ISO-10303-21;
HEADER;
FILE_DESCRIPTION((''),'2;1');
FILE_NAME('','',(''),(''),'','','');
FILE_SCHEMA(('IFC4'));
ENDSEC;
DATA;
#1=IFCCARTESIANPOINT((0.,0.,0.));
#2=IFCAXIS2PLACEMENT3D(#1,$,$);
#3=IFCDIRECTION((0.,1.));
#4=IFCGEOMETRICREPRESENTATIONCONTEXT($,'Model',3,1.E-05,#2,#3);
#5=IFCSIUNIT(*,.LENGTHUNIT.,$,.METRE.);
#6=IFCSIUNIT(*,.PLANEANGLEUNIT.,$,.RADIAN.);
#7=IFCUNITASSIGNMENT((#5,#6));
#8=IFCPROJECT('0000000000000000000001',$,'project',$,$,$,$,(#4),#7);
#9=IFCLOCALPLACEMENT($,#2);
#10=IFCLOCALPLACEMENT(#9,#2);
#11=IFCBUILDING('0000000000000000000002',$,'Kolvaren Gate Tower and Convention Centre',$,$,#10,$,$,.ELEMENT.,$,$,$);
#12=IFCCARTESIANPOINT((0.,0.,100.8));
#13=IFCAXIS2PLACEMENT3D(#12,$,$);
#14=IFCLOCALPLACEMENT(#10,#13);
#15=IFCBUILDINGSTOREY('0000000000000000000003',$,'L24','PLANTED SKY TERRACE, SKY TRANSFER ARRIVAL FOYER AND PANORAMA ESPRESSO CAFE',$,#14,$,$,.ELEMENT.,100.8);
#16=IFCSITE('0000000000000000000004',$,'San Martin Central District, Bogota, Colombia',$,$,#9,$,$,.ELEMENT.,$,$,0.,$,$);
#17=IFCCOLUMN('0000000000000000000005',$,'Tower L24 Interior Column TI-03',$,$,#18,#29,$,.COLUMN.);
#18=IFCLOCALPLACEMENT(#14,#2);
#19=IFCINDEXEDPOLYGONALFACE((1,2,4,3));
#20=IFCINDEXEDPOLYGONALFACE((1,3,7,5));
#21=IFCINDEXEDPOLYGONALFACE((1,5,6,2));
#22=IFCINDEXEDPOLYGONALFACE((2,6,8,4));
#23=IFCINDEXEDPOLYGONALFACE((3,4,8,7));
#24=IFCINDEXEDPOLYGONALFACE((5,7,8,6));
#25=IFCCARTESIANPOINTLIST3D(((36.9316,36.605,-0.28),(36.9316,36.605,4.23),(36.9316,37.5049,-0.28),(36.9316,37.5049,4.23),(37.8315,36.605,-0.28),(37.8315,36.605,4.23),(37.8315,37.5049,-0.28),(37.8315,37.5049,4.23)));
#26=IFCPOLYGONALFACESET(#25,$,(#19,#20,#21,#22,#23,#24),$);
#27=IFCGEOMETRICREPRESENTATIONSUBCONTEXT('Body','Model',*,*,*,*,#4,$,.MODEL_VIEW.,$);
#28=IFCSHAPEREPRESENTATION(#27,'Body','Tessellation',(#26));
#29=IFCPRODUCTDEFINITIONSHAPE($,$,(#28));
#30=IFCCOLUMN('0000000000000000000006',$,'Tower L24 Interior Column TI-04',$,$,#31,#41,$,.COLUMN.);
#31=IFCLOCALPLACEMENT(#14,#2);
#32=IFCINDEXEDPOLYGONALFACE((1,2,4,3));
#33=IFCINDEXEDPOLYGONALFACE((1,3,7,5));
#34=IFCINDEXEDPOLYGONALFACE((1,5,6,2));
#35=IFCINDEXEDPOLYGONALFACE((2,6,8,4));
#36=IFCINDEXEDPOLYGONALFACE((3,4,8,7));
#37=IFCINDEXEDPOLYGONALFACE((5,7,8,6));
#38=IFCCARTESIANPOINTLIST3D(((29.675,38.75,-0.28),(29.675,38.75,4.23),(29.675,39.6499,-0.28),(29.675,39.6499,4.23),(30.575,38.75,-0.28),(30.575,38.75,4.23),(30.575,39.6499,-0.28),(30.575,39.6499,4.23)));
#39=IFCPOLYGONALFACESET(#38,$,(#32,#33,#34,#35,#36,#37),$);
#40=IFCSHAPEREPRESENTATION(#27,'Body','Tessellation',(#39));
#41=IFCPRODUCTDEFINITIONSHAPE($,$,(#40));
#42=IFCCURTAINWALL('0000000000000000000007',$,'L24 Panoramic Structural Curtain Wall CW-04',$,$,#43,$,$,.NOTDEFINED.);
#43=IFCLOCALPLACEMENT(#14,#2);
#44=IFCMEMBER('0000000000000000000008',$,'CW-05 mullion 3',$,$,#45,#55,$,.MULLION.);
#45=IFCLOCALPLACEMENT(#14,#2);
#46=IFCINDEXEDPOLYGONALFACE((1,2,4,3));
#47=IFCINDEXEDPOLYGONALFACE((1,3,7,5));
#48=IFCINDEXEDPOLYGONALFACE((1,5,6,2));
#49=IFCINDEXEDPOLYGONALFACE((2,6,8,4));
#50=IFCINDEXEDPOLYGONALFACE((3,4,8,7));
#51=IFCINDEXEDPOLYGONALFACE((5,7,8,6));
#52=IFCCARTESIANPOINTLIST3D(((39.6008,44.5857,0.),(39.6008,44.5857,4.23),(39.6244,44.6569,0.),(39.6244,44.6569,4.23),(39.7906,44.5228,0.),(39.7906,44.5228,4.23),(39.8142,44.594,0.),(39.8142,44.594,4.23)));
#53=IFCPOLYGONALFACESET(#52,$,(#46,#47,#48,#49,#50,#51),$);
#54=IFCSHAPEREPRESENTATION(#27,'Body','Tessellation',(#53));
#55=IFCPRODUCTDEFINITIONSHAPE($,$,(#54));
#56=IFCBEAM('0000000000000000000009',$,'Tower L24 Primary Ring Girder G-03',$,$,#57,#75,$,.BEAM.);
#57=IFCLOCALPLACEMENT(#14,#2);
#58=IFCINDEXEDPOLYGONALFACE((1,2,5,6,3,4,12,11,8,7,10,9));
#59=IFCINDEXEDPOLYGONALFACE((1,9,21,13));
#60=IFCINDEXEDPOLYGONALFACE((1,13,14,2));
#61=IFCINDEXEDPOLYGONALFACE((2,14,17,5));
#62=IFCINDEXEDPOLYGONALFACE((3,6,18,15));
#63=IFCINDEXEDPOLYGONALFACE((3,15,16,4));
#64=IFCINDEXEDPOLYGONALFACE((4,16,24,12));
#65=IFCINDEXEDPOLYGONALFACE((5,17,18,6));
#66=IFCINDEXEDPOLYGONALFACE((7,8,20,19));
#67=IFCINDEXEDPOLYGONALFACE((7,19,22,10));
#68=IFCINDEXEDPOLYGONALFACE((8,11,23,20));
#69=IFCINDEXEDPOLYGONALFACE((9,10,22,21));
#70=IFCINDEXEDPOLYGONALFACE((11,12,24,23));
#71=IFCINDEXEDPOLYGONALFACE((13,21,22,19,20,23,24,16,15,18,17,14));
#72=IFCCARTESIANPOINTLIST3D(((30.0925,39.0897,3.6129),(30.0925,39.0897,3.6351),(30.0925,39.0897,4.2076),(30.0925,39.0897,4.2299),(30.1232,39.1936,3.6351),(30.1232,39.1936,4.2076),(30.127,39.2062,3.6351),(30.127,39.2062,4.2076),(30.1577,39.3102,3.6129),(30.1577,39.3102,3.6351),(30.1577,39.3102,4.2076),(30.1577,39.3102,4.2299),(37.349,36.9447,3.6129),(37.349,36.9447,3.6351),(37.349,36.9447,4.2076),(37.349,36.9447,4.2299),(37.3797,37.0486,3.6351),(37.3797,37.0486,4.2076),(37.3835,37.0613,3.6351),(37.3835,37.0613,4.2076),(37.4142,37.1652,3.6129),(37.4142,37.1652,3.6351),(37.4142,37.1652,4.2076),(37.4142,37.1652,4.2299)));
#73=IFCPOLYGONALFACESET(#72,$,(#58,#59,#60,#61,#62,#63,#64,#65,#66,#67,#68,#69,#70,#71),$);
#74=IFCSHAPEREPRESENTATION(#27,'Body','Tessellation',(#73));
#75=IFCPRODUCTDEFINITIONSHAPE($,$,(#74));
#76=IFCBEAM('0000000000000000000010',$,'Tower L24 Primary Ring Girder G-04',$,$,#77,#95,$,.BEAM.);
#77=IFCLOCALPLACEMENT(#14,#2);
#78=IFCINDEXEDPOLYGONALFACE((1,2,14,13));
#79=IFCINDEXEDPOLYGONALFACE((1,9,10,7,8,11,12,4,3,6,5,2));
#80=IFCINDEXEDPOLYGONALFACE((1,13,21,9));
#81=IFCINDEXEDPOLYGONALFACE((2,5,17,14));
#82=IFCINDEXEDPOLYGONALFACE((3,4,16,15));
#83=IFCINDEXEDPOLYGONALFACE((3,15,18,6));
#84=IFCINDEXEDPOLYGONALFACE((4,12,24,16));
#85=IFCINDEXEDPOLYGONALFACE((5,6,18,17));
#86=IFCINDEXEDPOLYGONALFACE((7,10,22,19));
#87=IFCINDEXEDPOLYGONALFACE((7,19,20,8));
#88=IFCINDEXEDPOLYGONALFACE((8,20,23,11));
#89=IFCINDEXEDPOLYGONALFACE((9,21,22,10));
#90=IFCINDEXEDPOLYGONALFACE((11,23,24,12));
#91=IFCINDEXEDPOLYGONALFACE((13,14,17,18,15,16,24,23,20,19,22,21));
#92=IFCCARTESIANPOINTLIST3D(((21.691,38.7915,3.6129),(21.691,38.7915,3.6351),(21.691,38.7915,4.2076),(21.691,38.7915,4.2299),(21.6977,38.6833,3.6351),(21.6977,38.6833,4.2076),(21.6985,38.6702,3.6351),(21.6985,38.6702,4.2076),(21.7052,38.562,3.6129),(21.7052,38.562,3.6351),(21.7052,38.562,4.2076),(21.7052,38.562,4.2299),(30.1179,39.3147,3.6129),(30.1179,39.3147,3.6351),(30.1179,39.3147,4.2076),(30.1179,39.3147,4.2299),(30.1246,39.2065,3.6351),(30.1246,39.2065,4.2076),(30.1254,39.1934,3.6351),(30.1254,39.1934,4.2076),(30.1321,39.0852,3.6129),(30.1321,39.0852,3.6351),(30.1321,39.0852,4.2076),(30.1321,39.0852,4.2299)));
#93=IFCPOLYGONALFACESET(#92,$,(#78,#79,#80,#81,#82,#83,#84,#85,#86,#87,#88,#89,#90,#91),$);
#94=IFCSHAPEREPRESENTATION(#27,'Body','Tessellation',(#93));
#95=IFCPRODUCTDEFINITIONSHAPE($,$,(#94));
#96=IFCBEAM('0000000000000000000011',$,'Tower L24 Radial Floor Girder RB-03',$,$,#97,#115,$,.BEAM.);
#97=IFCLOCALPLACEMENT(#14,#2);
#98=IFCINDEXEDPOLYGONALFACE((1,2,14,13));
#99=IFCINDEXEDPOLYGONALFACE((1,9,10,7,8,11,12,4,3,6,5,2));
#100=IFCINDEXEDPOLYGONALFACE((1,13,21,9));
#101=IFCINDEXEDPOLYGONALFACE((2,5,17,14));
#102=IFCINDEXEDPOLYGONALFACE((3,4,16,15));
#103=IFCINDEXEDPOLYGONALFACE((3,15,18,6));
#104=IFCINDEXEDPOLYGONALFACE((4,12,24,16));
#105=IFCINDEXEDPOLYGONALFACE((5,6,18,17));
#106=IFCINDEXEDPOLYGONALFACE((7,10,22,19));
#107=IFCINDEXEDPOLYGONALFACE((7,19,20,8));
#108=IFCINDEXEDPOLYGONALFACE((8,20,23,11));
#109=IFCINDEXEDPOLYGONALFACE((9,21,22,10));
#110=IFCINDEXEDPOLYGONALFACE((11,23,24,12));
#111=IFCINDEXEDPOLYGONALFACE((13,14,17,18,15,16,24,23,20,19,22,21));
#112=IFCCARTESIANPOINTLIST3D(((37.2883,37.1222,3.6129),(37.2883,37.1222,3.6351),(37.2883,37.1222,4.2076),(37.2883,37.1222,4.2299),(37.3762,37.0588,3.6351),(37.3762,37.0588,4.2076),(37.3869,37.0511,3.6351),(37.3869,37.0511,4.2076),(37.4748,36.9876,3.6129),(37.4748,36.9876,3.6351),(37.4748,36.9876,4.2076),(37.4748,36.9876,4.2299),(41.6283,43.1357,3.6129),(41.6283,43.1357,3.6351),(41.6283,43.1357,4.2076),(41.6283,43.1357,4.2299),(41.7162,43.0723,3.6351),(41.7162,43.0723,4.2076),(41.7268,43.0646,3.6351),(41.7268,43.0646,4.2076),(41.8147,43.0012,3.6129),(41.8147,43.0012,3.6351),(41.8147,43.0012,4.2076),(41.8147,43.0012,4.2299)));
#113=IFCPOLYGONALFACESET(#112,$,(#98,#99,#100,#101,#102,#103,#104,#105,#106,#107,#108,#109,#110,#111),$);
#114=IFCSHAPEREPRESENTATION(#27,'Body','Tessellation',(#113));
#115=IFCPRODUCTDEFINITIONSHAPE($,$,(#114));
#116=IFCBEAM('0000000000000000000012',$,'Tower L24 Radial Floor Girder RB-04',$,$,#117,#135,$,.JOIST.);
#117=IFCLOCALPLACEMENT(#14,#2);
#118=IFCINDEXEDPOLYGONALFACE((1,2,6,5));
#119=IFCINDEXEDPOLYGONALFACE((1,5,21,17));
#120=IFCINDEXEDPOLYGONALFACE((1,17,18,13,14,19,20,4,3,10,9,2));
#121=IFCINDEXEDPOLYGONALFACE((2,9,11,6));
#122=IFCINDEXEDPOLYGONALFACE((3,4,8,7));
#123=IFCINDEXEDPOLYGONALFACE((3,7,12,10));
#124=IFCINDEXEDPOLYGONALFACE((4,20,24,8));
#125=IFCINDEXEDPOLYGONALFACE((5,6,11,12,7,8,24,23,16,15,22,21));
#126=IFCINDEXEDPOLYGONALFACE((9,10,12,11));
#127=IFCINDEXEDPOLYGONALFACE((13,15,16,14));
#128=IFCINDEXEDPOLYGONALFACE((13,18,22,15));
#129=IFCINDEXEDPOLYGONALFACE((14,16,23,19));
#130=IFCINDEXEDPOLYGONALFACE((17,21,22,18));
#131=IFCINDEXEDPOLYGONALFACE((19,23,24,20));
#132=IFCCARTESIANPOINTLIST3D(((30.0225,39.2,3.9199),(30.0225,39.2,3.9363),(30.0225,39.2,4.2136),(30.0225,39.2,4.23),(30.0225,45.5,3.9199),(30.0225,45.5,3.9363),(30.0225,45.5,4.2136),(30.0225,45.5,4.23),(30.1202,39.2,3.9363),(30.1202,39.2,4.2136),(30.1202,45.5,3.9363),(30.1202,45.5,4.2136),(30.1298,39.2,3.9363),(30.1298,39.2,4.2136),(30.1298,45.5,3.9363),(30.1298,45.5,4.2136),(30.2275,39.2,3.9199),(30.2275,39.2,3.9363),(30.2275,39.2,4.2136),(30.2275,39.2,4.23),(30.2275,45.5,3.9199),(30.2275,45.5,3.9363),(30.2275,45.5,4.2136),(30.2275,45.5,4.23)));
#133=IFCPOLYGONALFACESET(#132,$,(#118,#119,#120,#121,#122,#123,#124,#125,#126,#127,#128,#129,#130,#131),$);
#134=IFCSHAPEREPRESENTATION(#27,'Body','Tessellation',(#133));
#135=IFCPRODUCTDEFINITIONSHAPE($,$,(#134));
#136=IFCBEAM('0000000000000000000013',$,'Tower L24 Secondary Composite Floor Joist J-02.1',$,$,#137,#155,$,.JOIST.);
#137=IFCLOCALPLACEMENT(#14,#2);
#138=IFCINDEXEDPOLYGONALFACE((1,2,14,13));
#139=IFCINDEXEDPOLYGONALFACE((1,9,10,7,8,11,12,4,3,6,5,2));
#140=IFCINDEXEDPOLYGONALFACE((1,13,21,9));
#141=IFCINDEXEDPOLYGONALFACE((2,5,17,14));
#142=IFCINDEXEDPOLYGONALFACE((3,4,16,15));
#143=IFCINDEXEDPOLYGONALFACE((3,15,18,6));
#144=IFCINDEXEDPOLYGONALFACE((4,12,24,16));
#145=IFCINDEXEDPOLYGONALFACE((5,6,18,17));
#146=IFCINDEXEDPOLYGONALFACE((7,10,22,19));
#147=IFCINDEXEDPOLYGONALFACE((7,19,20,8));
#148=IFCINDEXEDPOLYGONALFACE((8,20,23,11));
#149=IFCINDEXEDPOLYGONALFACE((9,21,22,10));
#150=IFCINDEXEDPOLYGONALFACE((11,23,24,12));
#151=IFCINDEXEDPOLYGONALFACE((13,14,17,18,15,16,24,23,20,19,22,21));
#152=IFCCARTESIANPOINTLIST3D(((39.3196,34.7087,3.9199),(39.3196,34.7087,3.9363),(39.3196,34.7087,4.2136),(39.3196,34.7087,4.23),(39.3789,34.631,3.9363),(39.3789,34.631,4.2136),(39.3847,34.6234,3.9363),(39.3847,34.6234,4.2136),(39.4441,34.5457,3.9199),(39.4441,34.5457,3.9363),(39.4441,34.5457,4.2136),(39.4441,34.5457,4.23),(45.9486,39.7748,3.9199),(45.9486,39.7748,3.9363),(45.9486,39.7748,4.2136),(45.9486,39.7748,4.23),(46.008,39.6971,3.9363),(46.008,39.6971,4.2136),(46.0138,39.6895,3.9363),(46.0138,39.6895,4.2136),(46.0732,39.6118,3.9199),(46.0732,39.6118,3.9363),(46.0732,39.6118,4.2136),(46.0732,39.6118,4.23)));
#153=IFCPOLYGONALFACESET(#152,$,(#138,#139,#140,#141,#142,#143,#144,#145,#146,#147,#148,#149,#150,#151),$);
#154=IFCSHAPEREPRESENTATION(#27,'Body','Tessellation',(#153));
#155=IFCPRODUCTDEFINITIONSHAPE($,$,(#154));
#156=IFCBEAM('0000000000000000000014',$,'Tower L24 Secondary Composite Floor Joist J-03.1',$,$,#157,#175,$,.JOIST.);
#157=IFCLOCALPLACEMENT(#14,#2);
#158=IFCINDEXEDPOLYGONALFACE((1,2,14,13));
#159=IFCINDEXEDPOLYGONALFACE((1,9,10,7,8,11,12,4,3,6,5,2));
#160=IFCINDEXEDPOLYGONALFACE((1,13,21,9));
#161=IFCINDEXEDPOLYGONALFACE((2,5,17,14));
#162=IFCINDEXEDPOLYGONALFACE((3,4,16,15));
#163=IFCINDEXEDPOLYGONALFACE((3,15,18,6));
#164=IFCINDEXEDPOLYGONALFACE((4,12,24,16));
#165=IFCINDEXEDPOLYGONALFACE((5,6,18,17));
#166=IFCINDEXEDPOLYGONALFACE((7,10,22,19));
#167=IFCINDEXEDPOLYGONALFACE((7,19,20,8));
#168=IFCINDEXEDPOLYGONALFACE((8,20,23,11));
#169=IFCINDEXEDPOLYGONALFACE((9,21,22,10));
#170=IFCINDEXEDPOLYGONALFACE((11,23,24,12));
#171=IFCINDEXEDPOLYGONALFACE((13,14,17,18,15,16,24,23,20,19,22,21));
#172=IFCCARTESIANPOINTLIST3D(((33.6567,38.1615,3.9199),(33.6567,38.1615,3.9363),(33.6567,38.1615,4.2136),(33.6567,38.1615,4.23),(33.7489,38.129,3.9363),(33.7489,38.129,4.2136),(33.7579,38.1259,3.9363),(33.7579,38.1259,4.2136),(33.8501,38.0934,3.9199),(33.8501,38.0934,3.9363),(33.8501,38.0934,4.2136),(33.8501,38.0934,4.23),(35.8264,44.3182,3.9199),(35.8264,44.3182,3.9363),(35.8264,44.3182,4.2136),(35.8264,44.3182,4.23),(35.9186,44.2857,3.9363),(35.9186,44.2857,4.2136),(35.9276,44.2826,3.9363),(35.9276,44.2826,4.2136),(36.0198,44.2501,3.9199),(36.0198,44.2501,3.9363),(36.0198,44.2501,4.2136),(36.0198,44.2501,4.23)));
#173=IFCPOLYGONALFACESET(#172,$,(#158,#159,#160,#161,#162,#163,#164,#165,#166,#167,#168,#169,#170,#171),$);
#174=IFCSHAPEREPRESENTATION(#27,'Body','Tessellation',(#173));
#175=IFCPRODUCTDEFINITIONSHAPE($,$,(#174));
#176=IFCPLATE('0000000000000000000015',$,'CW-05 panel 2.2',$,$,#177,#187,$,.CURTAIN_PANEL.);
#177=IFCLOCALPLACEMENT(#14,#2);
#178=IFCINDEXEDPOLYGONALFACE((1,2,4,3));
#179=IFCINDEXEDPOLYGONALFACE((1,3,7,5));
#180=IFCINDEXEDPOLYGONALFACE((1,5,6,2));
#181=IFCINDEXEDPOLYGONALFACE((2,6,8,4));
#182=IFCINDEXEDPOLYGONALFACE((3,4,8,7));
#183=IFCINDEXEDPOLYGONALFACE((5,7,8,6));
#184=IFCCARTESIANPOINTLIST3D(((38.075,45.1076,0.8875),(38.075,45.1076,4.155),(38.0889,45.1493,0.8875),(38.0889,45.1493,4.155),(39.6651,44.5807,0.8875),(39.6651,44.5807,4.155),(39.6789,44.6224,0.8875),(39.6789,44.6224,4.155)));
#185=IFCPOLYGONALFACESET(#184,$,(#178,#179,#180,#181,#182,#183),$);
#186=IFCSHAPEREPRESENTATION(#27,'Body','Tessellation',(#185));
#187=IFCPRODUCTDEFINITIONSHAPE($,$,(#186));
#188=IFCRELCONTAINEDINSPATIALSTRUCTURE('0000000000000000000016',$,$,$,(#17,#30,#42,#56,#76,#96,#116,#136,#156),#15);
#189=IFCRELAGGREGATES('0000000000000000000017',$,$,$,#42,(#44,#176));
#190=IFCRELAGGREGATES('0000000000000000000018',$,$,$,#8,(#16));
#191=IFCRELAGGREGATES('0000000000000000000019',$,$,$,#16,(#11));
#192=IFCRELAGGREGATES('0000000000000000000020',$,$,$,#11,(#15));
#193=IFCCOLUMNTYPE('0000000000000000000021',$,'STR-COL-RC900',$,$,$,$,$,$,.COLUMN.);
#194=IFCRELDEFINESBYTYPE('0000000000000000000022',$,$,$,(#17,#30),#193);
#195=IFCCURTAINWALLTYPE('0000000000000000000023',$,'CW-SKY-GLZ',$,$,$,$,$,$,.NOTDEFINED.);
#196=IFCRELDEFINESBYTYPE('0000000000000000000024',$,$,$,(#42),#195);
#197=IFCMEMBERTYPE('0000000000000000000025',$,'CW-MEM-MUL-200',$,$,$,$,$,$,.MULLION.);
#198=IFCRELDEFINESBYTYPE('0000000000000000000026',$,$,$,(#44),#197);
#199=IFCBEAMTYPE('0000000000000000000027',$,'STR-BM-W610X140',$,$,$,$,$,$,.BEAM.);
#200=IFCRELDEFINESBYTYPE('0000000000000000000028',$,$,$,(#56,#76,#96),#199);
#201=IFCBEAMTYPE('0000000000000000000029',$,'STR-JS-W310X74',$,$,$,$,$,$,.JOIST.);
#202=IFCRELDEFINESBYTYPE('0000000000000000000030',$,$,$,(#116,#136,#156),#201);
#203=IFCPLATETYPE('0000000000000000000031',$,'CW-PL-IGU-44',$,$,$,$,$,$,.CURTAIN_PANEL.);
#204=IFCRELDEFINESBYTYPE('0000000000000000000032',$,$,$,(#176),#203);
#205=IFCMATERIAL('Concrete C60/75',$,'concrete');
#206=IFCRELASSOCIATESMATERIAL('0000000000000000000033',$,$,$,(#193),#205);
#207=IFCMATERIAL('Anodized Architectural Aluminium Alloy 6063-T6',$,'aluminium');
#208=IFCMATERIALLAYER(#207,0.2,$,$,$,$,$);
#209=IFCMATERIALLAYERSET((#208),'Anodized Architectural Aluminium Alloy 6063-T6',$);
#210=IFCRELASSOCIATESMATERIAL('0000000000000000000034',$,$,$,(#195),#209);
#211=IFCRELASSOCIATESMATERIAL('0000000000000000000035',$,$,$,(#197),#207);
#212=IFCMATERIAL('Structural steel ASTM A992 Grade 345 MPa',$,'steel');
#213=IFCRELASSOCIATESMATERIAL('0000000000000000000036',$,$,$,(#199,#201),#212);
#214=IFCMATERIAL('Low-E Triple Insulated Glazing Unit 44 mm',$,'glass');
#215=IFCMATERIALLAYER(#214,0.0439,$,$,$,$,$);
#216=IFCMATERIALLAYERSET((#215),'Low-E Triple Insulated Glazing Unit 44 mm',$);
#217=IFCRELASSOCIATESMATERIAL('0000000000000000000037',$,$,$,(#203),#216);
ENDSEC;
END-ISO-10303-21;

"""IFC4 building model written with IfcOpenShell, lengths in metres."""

from ifc_helpers import new_model, si_unit, direction, frame, origin, origin_2d, place, context, subcontext, project, spatial, rectangle, i_section, extrude, material, layer, layer_set, material_profile, profile_set, type_object, element, aggregate, save


model = new_model("IFC4")

# Units and contexts
model_context = context("Model", 3, precision=1e-05, world=origin(), true_north=direction((0.0, 1.0)))
body_context = subcontext(model_context, "Body", "Model", "MODEL_VIEW")
ifc_project = project(units=[si_unit("LENGTHUNIT", "METRE"), si_unit("PLANEANGLEUNIT", "RADIAN")], contexts=[model_context])

# Site, building, storey
site_placement = place(None, origin())
site = spatial("IfcSite", under=ifc_project, at=site_placement, Name="San Martin Central District, Bogota, Colombia", CompositionType="ELEMENT", RefElevation=0.0)
building_placement = place(site_placement, origin())
building = spatial("IfcBuilding", under=site, at=building_placement, Name="Kolvaren Gate Tower and Convention Centre", CompositionType="ELEMENT")
storey_placement = place(building_placement, frame((0.0, 0.0, 100.8)))
storey = spatial("IfcBuildingStorey", under=building, at=storey_placement, Name="L24", Description="PLANTED SKY TERRACE, SKY TRANSFER ARRIVAL FOYER AND PANORAMA ESPRESSO CAFE", CompositionType="ELEMENT", Elevation=100.8)

# Columns
ifc_material_1 = material(Name="Concrete C60/75", Category="concrete")
ifc_material_profile_1 = material_profile(ifc_material_1, rectangle(XDim=0.8999, YDim=0.8999, at=origin_2d()), Name="RC-COL-900X900")
ifc_profile_set_1 = profile_set([ifc_material_profile_1], Name="Concrete C60/75")
column_type = type_object("IfcColumnType", Name="STR-COL-RC900", PredefinedType="COLUMN", material=ifc_profile_set_1)
for number, where, z_axis, x_axis, name in (
    (1, (37.3816, 37.0549, -0.28), (0.0, 0.0, 1.0), (1.0, 0.0, 0.0), "Tower L24 Interior Column TI-03"),
    (2, (30.125, 39.2, -0.28), (0.0, 0.0, 1.0), (1.0, 0.0, 0.0), "Tower L24 Interior Column TI-04"),
):
    element("IfcColumn", number, at=place(storey_placement, frame(where, z_axis=z_axis, x_axis=x_axis)), inside=storey, type_object=column_type, Name=name, PredefinedType="COLUMN", context=body_context, shape_type="SweptSolid", body=[
        extrude(rectangle(XDim=0.8999, YDim=0.8999, at=origin_2d()), origin(), (0.0, 0.0, 1.0), 4.51),
    ])

# Curtain wall, member
ifc_material_2 = material(Name="Anodized Architectural Aluminium Alloy 6063-T6", Category="aluminium")
ifc_layer_1 = layer(ifc_material_2, 0.2)
ifc_layer_set_1 = layer_set([ifc_layer_1], Name="Anodized Architectural Aluminium Alloy 6063-T6")
curtain_wall_type = type_object("IfcCurtainWallType", Name="CW-SKY-GLZ", PredefinedType="NOTDEFINED", material=ifc_layer_set_1)
curtain_wall_placement = place(storey_placement, origin())
curtain_wall = element("IfcCurtainWall", 3, at=curtain_wall_placement, inside=storey, type_object=curtain_wall_type, Name="L24 Panoramic Structural Curtain Wall CW-04", PredefinedType="NOTDEFINED")
ifc_material_profile_2 = material_profile(ifc_material_2, rectangle(XDim=0.075, YDim=0.2, at=origin_2d()), Name="CW-MEM-MUL-200")
ifc_profile_set_2 = profile_set([ifc_material_profile_2], Name="Anodized Architectural Aluminium Alloy 6063-T6")
member_type = type_object("IfcMemberType", Name="CW-MEM-MUL-200", PredefinedType="MULLION", material=ifc_profile_set_2)
member_placement = place(storey_placement, frame((39.7075, 44.5898, 0.0), z_axis=(0.0, 0.0, 1.0), x_axis=(0.314553, 0.94924, 0.0)))
member = element("IfcMember", 4, at=member_placement, type_object=member_type, Name="CW-05 mullion 3", PredefinedType="MULLION", context=body_context, shape_type="SweptSolid", body=[
    extrude(rectangle(XDim=0.075, YDim=0.2, at=origin_2d()), origin(), (0.0, 0.0, 1.0), 4.23),
])

# Beams
ifc_material_3 = material(Name="Structural steel ASTM A992 Grade 345 MPa", Category="steel")
ifc_material_profile_3 = material_profile(ifc_material_3, i_section(OverallWidth=0.23, OverallDepth=0.6169, WebThickness=0.0132, FlangeThickness=0.0222, at=origin_2d()), Name="W610X140")
ifc_profile_set_3 = profile_set([ifc_material_profile_3], Name="Structural steel ASTM A992 Grade 345 MPa")
beam_type_1 = type_object("IfcBeamType", Name="STR-BM-W610X140", PredefinedType="BEAM", material=ifc_profile_set_3)
beam_1_placement = place(storey_placement, frame((37.3816, 37.0549, 3.9214), z_axis=(-0.958981, 0.283471, 0.0), x_axis=(-0.283471, -0.958981, 0.0)))
element("IfcBeam", 5, at=beam_1_placement, inside=storey, type_object=beam_type_1, Name="Tower L24 Primary Ring Girder G-03", PredefinedType="BEAM", context=body_context, shape_type="SweptSolid", body=[
    extrude(i_section(OverallWidth=0.23, OverallDepth=0.6169, WebThickness=0.0132, FlangeThickness=0.0222, at=origin_2d()), origin(), (0.0, 0.0, 1.0), 7.5669),
])
beam_2_placement = place(storey_placement, frame((30.125, 39.2, 3.9214), z_axis=(-0.998078, -0.061966, 0.0), x_axis=(0.061966, -0.998078, 0.0)))
element("IfcBeam", 6, at=beam_2_placement, inside=storey, type_object=beam_type_1, Name="Tower L24 Primary Ring Girder G-04", PredefinedType="BEAM", context=body_context, shape_type="SweptSolid", body=[
    extrude(i_section(OverallWidth=0.23, OverallDepth=0.6169, WebThickness=0.0132, FlangeThickness=0.0222, at=origin_2d()), origin(), (0.0, 0.0, 1.0), 8.4431),
])
beam_3_placement = place(storey_placement, frame((37.3816, 37.0549, 3.9214), z_axis=(0.585208, 0.810883, 0.0), x_axis=(-0.810883, 0.585208, 0.0)))
element("IfcBeam", 7, at=beam_3_placement, inside=storey, type_object=beam_type_1, Name="Tower L24 Radial Floor Girder RB-03", PredefinedType="BEAM", context=body_context, shape_type="SweptSolid", body=[
    extrude(i_section(OverallWidth=0.23, OverallDepth=0.6169, WebThickness=0.0132, FlangeThickness=0.0222, at=origin_2d()), origin(), (0.0, 0.0, 1.0), 7.416),
])
ifc_material_profile_4 = material_profile(ifc_material_3, i_section(OverallWidth=0.2051, OverallDepth=0.3101, WebThickness=0.0095, FlangeThickness=0.0164, at=origin_2d()), Name="W310X74")
ifc_profile_set_4 = profile_set([ifc_material_profile_4], Name="Structural steel ASTM A992 Grade 345 MPa")
beam_type_2 = type_object("IfcBeamType", Name="STR-JS-W310X74", PredefinedType="JOIST", material=ifc_profile_set_4)
beam_4_placement = place(storey_placement, frame((30.125, 39.2, 4.075), z_axis=(0.0, 1.0, 0.0), x_axis=(-1.0, 0.0, 0.0)))
element("IfcBeam", 8, at=beam_4_placement, inside=storey, type_object=beam_type_2, Name="Tower L24 Radial Floor Girder RB-04", PredefinedType="JOIST", context=body_context, shape_type="SweptSolid", body=[
    extrude(i_section(OverallWidth=0.2051, OverallDepth=0.3101, WebThickness=0.0095, FlangeThickness=0.0164, at=origin_2d()), origin(), (0.0, 0.0, 1.0), 6.3),
])
beam_5_placement = place(storey_placement, frame((39.3818, 34.6272, 4.075), z_axis=(0.794542, 0.607209, 0.0), x_axis=(-0.607209, 0.794542, 0.0)))
element("IfcBeam", 9, at=beam_5_placement, inside=storey, type_object=beam_type_2, Name="Tower L24 Secondary Composite Floor Joist J-02.1", PredefinedType="JOIST", context=body_context, shape_type="SweptSolid", body=[
    extrude(i_section(OverallWidth=0.2051, OverallDepth=0.3101, WebThickness=0.0095, FlangeThickness=0.0164, at=origin_2d()), origin(), (0.0, 0.0, 1.0), 8.3433),
])
beam_6_placement = place(storey_placement, frame((33.7534, 38.1274, 4.075), z_axis=(0.332372, 0.943148, 0.0), x_axis=(-0.943148, 0.332372, 0.0)))
element("IfcBeam", 10, at=beam_6_placement, inside=storey, type_object=beam_type_2, Name="Tower L24 Secondary Composite Floor Joist J-03.1", PredefinedType="JOIST", context=body_context, shape_type="SweptSolid", body=[
    extrude(i_section(OverallWidth=0.2051, OverallDepth=0.3101, WebThickness=0.0095, FlangeThickness=0.0164, at=origin_2d()), origin(), (0.0, 0.0, 1.0), 6.5278),
])

# Plate
ifc_material_4 = material(Name="Low-E Triple Insulated Glazing Unit 44 mm", Category="glass")
ifc_layer_2 = layer(ifc_material_4, 0.0439)
ifc_layer_set_2 = layer_set([ifc_layer_2], Name="Low-E Triple Insulated Glazing Unit 44 mm")
plate_type_1 = type_object("IfcPlateType", Name="CW-PL-IGU-44", PredefinedType="CURTAIN_PANEL", material=ifc_layer_set_2)
plate_1_placement = place(storey_placement, frame((38.877, 44.865, 0.8875), z_axis=(0.0, 0.0, 1.0), x_axis=(0.94924, -0.314553, 0.0)))
plate_1 = element("IfcPlate", 11, at=plate_1_placement, type_object=plate_type_1, Name="CW-05 panel 2.2", PredefinedType="CURTAIN_PANEL", context=body_context, shape_type="SweptSolid", body=[
    extrude(rectangle(XDim=1.675, YDim=0.0439, at=origin_2d()), origin(), (0.0, 0.0, 1.0), 3.2676),
])
aggregate(curtain_wall, [member, plate_1])

save(model, "model.ifc")
